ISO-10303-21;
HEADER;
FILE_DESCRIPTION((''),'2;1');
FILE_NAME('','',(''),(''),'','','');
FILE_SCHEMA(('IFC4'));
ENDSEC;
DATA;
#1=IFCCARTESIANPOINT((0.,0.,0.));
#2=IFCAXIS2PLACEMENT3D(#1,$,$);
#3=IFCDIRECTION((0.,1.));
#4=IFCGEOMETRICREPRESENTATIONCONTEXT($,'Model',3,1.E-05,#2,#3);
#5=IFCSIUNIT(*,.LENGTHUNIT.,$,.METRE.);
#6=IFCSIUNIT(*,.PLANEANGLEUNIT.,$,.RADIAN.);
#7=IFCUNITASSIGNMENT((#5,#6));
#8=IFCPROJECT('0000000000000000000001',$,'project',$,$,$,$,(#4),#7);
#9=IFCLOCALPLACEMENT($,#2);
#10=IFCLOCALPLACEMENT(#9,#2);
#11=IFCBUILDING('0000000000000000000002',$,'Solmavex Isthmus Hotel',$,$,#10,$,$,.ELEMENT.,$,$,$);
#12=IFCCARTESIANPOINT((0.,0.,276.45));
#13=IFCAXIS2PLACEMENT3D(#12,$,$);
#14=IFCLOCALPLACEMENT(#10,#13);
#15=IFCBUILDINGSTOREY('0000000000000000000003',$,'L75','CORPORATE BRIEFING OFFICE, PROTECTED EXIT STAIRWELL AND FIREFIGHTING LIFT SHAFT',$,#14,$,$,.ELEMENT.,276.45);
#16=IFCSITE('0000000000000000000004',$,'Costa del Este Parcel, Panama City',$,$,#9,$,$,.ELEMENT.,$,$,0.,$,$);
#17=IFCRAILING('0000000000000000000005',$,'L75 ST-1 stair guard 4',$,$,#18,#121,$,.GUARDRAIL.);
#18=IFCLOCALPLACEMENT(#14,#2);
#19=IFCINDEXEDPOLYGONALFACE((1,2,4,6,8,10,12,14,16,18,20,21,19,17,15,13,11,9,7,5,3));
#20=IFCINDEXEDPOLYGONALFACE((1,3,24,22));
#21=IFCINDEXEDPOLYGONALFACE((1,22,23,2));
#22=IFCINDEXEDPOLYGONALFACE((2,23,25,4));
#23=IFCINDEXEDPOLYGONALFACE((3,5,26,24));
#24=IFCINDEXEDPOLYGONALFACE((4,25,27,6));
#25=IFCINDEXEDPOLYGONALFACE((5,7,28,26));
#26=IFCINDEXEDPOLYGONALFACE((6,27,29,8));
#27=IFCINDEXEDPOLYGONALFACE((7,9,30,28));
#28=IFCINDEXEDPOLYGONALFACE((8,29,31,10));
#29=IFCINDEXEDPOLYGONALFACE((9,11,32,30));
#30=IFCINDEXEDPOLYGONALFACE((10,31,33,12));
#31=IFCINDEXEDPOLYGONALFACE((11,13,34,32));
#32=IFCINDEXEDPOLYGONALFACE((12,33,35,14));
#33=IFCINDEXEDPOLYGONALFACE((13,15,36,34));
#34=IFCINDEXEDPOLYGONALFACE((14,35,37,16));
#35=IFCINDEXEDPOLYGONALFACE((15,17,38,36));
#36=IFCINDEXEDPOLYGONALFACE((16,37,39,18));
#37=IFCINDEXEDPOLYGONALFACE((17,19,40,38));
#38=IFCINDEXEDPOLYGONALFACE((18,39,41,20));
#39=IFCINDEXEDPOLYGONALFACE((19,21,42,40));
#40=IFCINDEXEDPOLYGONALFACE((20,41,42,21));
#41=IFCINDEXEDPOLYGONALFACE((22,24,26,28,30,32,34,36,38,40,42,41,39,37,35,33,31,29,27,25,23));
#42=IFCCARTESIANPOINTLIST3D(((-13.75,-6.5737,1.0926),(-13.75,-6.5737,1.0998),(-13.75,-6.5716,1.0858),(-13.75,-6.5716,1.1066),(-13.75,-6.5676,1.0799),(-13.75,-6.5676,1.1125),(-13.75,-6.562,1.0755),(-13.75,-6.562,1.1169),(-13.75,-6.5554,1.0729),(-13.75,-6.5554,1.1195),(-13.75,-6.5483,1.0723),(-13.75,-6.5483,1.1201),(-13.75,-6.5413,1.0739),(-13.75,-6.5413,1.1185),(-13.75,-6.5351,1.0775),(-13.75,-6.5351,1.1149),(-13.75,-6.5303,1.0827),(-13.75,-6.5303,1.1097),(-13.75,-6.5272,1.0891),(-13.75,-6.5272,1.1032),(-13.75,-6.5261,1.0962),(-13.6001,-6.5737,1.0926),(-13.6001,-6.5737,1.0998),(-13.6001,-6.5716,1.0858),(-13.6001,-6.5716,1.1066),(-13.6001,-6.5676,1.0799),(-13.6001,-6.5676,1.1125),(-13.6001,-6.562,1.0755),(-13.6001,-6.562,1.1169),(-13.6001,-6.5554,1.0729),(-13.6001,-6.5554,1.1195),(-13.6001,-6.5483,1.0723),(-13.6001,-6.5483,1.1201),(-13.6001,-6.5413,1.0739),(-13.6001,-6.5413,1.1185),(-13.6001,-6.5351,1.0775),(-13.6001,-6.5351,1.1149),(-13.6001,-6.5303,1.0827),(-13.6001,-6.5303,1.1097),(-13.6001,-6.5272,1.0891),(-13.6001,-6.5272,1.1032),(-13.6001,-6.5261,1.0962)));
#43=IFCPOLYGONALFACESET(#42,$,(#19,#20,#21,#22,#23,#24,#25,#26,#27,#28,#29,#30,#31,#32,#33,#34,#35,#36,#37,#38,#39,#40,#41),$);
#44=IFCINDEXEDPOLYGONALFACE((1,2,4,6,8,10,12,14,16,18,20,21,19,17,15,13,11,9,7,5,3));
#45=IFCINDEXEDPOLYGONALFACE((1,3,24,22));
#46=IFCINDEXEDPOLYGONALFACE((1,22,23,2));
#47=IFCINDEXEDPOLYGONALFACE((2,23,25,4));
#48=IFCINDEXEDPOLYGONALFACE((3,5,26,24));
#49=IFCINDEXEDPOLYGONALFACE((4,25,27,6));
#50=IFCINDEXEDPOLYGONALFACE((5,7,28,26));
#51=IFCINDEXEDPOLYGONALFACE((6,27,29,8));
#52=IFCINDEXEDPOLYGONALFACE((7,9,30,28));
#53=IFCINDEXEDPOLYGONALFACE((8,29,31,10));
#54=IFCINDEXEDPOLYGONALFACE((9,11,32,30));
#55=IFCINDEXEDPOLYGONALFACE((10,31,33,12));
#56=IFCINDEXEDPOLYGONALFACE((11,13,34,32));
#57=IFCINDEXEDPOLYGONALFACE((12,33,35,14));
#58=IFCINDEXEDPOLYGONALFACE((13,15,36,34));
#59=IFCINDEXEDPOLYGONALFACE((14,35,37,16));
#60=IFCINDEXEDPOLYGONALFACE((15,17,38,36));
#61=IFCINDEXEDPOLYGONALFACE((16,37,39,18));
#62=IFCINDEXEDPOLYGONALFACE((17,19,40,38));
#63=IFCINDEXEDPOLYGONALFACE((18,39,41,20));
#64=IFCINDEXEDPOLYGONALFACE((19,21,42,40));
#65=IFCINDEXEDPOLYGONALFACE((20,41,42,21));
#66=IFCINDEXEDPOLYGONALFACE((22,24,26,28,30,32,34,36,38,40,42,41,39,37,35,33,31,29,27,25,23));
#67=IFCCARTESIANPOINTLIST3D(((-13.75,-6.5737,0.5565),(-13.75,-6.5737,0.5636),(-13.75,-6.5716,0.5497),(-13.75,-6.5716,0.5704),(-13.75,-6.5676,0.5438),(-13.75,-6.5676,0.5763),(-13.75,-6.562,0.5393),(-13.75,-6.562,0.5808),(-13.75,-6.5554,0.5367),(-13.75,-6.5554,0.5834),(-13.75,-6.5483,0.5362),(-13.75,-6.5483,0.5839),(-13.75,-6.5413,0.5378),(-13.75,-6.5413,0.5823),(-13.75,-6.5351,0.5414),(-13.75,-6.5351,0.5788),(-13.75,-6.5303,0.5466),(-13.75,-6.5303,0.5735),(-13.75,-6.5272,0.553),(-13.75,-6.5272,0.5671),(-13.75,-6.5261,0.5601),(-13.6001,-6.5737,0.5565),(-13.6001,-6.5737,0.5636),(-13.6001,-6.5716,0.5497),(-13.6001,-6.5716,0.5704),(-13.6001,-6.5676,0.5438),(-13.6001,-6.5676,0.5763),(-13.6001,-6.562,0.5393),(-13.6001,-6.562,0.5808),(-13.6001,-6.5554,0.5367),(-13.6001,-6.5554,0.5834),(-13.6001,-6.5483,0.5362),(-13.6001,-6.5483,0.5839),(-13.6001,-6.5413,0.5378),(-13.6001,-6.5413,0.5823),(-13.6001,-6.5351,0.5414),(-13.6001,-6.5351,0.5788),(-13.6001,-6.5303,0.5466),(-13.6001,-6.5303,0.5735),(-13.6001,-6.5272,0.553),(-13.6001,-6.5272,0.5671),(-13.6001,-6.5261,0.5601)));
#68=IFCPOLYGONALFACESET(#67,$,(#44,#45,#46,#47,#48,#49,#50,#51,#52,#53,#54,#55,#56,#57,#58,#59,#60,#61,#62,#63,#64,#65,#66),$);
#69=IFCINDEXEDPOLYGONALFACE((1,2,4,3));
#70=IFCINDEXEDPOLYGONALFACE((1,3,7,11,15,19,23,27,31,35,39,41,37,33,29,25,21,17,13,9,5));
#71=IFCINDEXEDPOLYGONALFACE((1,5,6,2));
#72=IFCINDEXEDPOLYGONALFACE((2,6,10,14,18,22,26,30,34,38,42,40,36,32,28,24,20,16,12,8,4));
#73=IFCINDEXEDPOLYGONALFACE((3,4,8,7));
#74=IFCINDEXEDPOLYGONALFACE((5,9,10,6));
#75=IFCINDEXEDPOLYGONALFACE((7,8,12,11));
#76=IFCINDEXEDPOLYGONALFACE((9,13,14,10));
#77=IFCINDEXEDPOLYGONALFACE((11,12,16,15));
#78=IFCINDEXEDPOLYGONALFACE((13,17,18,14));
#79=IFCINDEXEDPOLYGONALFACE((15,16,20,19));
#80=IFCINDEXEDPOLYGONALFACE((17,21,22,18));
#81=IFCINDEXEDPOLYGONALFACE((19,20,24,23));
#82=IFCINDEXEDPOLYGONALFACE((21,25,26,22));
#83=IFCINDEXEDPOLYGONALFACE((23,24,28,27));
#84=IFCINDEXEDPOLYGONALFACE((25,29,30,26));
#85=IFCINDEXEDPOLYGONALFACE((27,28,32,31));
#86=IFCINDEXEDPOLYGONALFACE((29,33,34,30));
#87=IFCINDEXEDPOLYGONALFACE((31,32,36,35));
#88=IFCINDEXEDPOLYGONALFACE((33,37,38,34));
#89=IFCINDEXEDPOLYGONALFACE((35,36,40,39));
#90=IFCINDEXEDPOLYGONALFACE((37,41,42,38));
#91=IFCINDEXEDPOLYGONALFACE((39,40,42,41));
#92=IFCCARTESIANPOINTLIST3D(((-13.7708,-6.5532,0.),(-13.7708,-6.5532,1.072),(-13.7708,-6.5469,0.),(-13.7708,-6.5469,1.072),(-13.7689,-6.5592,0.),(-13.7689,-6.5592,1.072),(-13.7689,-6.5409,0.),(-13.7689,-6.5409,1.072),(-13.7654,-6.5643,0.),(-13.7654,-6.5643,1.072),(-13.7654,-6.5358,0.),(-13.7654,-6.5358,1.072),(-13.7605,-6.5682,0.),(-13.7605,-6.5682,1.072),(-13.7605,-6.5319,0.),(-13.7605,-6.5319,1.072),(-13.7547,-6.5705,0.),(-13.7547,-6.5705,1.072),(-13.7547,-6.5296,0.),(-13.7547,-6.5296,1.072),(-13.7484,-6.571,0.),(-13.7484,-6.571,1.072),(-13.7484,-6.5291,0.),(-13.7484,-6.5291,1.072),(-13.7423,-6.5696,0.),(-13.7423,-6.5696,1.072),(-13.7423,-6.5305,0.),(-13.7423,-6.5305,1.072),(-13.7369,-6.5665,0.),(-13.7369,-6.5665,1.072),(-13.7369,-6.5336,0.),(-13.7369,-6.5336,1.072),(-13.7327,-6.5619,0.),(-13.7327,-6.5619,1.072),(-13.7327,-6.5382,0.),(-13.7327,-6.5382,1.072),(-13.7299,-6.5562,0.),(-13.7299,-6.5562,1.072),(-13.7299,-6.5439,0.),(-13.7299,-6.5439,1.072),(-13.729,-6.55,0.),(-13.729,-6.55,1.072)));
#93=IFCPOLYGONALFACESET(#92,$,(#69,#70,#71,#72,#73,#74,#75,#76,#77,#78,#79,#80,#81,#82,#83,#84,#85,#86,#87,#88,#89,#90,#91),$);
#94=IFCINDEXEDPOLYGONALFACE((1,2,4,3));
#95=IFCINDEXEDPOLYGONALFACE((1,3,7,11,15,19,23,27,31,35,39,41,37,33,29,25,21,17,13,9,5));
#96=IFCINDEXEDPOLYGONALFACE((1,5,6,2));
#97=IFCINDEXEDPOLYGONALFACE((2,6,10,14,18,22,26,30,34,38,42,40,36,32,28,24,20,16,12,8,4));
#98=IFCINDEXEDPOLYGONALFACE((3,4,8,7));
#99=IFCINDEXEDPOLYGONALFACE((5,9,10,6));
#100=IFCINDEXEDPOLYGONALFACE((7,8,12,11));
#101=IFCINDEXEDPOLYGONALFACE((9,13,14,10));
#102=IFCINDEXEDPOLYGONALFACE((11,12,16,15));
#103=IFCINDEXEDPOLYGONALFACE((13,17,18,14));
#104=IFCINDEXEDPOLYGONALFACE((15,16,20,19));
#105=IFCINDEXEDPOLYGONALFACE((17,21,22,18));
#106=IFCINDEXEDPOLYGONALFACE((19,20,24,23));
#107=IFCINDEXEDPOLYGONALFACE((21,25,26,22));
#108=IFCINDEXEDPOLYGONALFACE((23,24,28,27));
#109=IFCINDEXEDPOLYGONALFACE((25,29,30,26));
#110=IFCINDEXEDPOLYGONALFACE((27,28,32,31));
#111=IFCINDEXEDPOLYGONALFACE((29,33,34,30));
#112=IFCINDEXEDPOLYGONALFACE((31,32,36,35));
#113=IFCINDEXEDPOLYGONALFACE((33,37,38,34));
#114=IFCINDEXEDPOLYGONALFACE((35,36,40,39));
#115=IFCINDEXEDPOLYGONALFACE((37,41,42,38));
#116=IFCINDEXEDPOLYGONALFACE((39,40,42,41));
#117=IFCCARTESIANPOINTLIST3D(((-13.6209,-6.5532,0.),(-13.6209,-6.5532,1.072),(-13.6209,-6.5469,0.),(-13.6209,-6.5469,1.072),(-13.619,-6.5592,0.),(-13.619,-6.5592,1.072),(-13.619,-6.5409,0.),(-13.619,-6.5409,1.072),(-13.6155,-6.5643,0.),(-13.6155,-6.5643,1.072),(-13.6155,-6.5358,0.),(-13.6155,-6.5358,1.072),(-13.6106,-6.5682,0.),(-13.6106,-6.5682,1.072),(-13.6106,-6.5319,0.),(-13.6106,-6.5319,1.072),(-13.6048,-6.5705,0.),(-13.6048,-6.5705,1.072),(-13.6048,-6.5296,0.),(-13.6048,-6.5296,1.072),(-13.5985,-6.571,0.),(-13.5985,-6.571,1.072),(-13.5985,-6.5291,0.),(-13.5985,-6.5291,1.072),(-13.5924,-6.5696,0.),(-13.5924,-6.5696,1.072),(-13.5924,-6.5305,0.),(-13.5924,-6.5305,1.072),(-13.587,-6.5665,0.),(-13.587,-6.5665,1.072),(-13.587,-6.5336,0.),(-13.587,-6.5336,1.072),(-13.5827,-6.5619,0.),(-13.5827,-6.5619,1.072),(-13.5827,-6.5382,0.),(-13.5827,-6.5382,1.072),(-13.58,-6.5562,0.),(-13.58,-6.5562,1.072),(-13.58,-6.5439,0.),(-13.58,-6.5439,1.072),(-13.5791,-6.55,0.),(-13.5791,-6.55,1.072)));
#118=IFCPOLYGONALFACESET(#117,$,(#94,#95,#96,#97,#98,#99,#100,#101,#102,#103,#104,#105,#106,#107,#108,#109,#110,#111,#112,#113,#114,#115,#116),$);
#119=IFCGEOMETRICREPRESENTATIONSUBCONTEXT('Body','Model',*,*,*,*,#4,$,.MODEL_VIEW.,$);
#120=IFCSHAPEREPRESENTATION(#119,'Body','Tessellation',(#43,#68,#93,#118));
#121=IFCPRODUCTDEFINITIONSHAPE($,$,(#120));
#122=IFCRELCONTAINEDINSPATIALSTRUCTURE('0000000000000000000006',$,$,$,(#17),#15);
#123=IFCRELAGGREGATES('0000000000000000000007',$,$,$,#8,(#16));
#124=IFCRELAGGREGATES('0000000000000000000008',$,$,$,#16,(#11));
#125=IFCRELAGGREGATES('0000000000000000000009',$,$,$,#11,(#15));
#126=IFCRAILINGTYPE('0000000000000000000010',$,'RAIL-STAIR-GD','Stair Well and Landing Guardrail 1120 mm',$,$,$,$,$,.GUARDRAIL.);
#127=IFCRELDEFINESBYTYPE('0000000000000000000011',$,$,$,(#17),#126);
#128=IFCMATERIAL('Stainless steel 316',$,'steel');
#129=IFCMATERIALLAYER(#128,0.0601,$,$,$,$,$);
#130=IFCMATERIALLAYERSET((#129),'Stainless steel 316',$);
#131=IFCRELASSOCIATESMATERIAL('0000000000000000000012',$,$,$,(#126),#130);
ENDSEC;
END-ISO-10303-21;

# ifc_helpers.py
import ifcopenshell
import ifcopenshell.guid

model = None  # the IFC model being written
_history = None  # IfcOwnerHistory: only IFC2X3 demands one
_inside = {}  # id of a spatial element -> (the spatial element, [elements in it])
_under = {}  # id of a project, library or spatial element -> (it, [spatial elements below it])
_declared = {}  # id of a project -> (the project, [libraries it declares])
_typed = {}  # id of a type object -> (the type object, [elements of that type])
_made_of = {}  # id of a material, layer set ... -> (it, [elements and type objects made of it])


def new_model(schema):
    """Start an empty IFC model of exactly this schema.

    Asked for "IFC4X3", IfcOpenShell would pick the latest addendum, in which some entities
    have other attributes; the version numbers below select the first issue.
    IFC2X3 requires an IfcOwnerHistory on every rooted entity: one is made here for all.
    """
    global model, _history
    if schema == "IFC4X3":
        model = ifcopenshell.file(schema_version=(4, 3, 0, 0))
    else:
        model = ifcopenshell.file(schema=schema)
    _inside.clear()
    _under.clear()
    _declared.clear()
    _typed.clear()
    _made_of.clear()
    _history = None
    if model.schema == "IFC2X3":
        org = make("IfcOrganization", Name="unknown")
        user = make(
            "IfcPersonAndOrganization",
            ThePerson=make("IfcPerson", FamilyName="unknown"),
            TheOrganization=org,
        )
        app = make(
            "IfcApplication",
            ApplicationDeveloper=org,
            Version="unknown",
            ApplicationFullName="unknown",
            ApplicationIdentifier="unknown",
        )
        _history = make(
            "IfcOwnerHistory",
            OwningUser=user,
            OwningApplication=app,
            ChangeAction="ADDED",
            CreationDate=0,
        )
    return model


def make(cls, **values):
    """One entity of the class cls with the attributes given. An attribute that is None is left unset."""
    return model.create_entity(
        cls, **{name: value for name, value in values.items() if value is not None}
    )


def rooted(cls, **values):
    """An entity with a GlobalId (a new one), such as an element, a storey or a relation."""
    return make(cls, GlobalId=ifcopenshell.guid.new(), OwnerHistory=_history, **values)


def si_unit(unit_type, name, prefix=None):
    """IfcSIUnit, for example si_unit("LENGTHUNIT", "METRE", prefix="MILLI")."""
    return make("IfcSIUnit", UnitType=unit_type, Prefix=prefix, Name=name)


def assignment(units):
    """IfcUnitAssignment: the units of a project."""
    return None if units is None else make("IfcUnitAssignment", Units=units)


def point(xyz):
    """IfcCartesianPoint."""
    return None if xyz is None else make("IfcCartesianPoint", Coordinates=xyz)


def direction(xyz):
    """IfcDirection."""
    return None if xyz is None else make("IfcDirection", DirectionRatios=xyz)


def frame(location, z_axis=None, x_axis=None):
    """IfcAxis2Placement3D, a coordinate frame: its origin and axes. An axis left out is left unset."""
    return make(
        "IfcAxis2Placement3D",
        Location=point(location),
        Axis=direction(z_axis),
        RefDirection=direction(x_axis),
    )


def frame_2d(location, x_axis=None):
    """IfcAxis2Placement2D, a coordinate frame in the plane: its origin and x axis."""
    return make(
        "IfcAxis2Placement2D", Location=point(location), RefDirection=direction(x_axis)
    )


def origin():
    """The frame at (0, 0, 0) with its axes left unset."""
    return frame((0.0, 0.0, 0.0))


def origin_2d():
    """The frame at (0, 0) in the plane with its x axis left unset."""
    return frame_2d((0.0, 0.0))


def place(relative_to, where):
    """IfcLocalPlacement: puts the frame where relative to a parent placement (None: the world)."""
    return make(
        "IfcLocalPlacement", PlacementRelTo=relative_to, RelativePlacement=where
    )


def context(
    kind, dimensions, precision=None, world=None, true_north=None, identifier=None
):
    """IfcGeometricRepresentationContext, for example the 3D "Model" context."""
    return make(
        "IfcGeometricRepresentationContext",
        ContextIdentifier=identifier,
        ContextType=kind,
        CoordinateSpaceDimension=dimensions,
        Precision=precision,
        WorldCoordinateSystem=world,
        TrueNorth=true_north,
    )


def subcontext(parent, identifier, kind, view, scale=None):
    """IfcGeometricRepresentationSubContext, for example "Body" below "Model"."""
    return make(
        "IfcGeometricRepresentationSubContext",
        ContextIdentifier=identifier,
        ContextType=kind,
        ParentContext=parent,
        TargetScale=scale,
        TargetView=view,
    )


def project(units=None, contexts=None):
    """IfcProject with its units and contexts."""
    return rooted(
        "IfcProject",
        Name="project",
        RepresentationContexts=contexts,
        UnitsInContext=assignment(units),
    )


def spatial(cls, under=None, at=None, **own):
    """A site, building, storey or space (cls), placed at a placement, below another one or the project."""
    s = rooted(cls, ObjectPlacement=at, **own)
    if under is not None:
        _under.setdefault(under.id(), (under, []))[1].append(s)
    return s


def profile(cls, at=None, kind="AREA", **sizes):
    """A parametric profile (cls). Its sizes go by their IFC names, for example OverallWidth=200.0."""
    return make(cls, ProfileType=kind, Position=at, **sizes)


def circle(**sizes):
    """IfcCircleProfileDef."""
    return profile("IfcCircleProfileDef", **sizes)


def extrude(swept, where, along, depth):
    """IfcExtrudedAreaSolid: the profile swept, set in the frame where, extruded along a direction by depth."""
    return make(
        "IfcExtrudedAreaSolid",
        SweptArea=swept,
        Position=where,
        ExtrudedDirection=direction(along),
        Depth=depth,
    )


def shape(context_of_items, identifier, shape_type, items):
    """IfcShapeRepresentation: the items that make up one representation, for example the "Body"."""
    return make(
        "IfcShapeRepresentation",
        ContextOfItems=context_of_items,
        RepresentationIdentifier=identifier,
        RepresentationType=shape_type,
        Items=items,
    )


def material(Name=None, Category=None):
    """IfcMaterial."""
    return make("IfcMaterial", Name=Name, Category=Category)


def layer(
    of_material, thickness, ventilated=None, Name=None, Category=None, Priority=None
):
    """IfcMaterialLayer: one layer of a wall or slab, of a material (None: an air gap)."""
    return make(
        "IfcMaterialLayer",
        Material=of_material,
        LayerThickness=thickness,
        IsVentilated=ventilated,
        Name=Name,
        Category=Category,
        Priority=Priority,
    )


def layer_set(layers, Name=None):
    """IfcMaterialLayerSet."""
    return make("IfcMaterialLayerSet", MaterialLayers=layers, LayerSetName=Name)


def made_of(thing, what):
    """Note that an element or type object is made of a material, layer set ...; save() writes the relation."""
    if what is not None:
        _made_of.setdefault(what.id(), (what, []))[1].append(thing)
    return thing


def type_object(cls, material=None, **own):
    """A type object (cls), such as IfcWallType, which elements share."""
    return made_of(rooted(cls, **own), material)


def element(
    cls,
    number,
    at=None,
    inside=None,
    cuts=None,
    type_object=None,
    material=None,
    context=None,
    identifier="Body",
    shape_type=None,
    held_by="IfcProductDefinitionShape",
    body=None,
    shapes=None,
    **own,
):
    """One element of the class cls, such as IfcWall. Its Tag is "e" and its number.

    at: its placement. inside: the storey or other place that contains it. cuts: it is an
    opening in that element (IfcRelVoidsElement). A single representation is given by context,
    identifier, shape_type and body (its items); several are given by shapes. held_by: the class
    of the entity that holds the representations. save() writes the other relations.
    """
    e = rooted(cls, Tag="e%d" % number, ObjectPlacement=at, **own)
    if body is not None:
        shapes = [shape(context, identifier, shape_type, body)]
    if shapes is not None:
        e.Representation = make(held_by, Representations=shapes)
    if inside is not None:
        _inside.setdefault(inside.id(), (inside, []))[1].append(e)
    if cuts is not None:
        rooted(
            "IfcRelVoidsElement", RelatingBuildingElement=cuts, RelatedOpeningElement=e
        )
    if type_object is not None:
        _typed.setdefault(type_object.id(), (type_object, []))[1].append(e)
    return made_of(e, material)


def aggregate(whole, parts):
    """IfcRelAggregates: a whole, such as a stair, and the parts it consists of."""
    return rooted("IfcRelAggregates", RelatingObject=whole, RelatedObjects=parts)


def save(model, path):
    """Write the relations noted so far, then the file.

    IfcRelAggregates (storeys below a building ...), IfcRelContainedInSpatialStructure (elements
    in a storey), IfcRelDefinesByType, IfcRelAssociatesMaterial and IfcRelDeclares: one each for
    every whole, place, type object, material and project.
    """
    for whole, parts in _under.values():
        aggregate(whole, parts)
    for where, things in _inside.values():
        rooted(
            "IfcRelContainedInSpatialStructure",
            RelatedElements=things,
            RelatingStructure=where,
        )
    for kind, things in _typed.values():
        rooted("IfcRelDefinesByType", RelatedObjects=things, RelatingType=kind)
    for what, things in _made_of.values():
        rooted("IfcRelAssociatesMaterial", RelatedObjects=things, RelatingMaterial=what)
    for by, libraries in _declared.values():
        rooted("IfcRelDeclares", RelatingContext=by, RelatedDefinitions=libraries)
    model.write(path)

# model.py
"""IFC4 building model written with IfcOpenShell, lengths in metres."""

from ifc_helpers import new_model, si_unit, direction, frame, origin, origin_2d, place, context, subcontext, project, spatial, circle, extrude, material, layer, layer_set, type_object, element, save


model = new_model("IFC4")

# Units and contexts
model_context = context("Model", 3, precision=1e-05, world=origin(), true_north=direction((0.0, 1.0)))
body_context = subcontext(model_context, "Body", "Model", "MODEL_VIEW")
ifc_project = project(units=[si_unit("LENGTHUNIT", "METRE"), si_unit("PLANEANGLEUNIT", "RADIAN")], contexts=[model_context])

# Site, building, storey
site_placement = place(None, origin())
site = spatial("IfcSite", under=ifc_project, at=site_placement, Name="Costa del Este Parcel, Panama City", CompositionType="ELEMENT", RefElevation=0.0)
building_placement = place(site_placement, origin())
building = spatial("IfcBuilding", under=site, at=building_placement, Name="Solmavex Isthmus Hotel", CompositionType="ELEMENT")
storey_placement = place(building_placement, frame((0.0, 0.0, 276.45)))
storey = spatial("IfcBuildingStorey", under=building, at=storey_placement, Name="L75", Description="CORPORATE BRIEFING OFFICE, PROTECTED EXIT STAIRWELL AND FIREFIGHTING LIFT SHAFT", CompositionType="ELEMENT", Elevation=276.45)

# Shared definitions
ifc_material_1 = material(Name="Stainless steel 316", Category="steel")

# Railing
ifc_layer_1 = layer(ifc_material_1, 0.0601)
ifc_layer_set_1 = layer_set([ifc_layer_1], Name="Stainless steel 316")
railing_type_1 = type_object("IfcRailingType", Name="RAIL-STAIR-GD", Description="Stair Well and Landing Guardrail 1120 mm", PredefinedType="GUARDRAIL", material=ifc_layer_set_1)
railing_1_placement = place(storey_placement, frame((-13.75, -6.55, 0.0)))
element("IfcRailing", 1, at=railing_1_placement, inside=storey, type_object=railing_type_1, Name="L75 ST-1 stair guard 4", PredefinedType="GUARDRAIL", context=body_context, shape_type="SweptSolid", body=[
    extrude(circle(Radius=0.0239, at=origin_2d()), frame((0.0, 0.0, 1.0962), z_axis=(1.0, 0.0, 0.0), x_axis=(0.0, 1.0, 0.0)), (0.0, 0.0, 1.0), 0.1499),
    extrude(circle(Radius=0.0239, at=origin_2d()), frame((0.0, 0.0, 0.5601), z_axis=(1.0, 0.0, 0.0), x_axis=(0.0, 1.0, 0.0)), (0.0, 0.0, 1.0), 0.1499),
    extrude(circle(Radius=0.021, at=origin_2d()), origin(), (0.0, 0.0, 1.0), 1.072),
    extrude(circle(Radius=0.021, at=origin_2d()), frame((0.1499, 0.0, 0.0)), (0.0, 0.0, 1.0), 1.072),
])

save(model, "model.ifc")
